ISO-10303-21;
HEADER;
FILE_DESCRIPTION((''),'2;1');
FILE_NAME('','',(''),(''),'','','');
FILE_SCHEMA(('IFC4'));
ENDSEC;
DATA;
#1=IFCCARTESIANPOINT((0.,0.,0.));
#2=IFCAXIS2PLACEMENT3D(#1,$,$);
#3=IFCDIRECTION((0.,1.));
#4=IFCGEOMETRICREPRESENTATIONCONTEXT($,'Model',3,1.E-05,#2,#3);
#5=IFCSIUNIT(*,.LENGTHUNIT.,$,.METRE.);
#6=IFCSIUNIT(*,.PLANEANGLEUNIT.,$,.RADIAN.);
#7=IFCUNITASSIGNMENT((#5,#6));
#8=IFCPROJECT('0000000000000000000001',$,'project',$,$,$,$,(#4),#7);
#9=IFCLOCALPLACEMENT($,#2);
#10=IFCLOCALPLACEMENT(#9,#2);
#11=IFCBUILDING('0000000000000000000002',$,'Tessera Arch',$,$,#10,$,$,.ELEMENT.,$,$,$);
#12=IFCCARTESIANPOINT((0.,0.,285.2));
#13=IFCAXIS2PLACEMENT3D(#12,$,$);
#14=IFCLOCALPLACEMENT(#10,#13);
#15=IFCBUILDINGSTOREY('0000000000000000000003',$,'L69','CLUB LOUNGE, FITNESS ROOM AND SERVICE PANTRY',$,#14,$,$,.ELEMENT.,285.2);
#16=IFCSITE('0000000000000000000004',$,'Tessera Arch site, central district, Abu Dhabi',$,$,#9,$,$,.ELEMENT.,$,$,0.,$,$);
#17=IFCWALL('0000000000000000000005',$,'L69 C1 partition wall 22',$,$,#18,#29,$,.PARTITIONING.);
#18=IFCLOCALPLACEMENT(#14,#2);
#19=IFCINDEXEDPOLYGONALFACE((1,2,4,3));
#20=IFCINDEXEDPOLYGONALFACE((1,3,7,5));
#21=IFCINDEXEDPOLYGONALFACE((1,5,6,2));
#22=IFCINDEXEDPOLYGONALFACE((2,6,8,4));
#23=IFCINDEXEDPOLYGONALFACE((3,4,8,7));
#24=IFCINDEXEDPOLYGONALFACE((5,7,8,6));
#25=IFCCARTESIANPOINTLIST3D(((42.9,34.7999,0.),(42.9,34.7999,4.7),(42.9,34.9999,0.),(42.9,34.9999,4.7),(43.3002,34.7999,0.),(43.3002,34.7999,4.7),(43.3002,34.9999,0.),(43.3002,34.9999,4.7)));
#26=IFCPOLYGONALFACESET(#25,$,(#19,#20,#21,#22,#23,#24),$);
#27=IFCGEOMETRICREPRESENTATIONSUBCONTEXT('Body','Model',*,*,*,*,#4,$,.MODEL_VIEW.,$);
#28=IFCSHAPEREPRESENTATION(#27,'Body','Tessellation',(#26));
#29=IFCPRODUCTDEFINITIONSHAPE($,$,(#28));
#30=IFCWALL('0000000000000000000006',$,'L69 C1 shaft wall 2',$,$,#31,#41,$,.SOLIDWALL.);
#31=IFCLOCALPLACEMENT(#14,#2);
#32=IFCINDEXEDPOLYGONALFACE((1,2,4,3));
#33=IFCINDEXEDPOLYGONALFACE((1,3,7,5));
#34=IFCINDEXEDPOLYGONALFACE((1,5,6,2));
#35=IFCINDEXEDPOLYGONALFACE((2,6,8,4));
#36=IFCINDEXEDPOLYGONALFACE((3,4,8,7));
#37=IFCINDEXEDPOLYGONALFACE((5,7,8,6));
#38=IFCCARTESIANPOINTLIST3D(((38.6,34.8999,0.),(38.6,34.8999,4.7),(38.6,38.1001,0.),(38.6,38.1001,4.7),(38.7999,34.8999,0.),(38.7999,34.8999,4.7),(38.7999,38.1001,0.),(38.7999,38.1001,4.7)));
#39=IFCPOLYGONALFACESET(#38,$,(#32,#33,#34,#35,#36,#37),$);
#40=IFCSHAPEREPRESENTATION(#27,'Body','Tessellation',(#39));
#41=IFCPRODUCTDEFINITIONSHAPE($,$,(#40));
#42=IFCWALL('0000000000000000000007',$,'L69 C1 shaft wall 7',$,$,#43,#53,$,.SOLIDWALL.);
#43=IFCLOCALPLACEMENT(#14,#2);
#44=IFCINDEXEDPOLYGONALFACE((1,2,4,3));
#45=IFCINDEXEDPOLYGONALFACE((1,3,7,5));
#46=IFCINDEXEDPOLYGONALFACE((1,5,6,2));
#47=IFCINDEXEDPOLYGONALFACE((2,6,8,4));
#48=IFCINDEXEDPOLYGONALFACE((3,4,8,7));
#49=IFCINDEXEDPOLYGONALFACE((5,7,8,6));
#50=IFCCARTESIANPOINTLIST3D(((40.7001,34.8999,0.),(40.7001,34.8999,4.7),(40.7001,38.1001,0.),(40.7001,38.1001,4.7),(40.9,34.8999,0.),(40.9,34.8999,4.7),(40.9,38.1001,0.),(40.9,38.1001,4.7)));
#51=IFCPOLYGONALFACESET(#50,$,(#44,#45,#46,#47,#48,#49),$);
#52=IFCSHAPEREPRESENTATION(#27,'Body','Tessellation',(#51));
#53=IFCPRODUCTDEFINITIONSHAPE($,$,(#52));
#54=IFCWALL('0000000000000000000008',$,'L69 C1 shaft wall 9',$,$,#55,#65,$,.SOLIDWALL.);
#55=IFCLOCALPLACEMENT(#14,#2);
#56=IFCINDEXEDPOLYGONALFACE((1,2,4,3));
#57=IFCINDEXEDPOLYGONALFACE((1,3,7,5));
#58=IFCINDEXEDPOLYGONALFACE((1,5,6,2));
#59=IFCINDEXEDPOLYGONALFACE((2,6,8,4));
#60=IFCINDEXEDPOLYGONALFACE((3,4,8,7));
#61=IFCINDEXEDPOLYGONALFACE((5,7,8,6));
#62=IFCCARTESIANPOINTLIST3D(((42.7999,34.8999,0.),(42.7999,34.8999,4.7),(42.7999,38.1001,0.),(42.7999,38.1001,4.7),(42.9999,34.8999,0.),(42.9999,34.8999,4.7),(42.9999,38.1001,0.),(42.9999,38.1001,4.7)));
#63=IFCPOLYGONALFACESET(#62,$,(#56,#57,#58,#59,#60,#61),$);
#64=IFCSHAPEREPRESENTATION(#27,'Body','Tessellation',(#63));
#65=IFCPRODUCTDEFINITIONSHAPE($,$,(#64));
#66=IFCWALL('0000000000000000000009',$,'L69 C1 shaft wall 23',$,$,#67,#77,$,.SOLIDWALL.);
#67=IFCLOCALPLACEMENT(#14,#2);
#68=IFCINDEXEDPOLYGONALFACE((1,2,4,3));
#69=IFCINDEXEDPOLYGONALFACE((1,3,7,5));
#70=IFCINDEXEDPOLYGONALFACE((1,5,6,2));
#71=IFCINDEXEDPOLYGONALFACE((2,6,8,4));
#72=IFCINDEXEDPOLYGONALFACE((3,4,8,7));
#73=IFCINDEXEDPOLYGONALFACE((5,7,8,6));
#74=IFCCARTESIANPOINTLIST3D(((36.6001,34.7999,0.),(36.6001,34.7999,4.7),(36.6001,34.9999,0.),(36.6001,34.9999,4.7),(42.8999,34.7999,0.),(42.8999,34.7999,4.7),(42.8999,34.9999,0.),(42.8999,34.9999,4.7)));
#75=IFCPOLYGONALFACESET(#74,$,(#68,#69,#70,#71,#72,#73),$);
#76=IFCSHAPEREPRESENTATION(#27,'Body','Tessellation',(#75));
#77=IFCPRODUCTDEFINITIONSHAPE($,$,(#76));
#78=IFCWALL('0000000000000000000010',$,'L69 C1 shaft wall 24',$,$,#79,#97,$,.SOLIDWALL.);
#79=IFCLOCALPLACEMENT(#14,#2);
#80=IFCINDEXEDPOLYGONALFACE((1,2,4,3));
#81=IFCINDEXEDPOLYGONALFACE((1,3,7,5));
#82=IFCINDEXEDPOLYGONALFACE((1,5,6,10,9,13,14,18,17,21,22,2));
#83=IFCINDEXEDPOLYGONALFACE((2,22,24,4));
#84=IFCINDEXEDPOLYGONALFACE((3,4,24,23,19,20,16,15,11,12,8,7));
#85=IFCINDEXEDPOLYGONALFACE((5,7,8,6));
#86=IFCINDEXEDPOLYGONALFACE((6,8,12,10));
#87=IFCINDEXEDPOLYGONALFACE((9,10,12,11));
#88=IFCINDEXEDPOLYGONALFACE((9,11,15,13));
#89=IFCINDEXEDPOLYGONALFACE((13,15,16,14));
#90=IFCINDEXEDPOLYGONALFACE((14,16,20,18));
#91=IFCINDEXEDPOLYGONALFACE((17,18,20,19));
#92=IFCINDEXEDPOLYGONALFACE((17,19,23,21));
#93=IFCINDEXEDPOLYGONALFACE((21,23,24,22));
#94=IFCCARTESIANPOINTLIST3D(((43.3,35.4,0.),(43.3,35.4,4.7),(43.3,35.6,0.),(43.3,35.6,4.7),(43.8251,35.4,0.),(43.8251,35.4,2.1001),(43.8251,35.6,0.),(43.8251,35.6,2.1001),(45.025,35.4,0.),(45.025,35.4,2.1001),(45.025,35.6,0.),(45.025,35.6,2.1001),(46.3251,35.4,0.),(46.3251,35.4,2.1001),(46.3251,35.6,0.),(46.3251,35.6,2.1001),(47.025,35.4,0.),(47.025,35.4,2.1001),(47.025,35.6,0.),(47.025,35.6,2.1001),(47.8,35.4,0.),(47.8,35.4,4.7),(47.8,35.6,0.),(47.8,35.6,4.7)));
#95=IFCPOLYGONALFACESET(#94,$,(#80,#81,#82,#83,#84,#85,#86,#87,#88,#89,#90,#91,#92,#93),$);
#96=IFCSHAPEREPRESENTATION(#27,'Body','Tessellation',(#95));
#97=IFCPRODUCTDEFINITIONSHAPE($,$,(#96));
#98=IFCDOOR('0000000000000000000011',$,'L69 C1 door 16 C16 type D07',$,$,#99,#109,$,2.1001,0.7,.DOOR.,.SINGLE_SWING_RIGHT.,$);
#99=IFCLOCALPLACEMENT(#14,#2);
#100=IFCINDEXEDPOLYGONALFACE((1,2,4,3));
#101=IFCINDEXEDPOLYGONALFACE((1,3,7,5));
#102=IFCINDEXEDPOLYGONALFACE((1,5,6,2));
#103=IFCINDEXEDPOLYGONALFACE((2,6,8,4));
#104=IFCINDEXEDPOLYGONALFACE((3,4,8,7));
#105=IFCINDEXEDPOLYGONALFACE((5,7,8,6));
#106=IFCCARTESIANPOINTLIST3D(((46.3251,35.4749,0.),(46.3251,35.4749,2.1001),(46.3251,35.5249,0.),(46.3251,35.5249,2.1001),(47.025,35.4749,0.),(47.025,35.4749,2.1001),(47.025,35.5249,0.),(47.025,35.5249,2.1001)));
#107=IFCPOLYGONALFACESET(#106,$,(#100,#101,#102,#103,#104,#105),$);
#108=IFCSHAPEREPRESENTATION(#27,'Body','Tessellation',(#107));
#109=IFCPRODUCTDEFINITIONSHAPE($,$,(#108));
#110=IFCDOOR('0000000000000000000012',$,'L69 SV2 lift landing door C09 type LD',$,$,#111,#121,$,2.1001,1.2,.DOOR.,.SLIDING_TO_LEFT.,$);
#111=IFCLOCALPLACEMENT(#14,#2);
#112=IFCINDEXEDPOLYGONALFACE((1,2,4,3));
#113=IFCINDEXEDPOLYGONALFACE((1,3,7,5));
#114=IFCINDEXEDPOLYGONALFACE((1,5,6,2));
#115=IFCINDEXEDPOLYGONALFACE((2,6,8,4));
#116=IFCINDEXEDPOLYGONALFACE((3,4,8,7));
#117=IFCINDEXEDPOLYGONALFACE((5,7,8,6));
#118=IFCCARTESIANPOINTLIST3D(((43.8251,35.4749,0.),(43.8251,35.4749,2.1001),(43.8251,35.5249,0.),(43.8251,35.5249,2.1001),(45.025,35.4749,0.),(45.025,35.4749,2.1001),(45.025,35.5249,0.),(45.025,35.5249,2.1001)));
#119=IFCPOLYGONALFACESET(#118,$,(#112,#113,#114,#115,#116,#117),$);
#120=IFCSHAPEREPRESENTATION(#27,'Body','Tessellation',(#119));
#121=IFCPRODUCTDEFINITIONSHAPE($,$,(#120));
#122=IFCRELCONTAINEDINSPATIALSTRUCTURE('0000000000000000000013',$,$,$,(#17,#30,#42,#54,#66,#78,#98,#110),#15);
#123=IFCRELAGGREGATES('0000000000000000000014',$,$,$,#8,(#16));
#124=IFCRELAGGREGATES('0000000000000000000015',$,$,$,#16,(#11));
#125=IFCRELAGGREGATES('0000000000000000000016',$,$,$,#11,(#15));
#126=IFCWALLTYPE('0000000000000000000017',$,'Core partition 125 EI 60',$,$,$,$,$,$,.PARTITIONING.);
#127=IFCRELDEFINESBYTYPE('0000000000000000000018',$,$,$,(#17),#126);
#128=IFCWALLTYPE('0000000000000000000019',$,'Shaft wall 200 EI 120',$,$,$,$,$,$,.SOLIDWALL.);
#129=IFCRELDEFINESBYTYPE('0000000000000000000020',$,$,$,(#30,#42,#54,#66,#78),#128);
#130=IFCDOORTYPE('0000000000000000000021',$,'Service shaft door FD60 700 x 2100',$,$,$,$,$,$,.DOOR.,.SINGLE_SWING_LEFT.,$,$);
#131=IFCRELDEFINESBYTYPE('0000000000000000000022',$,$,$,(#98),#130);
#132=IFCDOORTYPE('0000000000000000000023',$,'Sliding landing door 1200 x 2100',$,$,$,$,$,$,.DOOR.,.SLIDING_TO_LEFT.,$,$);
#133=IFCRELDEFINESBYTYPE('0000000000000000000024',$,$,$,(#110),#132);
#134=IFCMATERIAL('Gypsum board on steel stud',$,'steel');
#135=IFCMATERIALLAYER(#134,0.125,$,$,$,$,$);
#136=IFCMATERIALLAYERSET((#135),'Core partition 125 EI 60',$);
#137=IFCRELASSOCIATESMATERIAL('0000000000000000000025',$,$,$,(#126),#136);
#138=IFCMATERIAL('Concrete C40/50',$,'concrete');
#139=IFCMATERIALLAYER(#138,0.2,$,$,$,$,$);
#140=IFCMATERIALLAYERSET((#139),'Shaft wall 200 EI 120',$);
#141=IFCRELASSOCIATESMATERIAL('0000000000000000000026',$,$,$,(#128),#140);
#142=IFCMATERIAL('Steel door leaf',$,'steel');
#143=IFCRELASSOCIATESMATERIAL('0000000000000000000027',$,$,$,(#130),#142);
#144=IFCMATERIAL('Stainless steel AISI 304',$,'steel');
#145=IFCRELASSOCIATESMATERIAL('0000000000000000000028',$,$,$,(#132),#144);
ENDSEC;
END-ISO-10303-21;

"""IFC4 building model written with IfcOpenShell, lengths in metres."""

from ifc_helpers import new_model, si_unit, direction, frame, frame_2d, origin, place, context, subcontext, project, spatial, rectangle, extrude, material, layer, layer_set, type_object, element, fill, save


model = new_model("IFC4")

# Units and contexts
model_context = context("Model", 3, precision=1e-05, world=origin(), true_north=direction((0.0, 1.0)))
body_context = subcontext(model_context, "Body", "Model", "MODEL_VIEW")
ifc_project = project(units=[si_unit("LENGTHUNIT", "METRE"), si_unit("PLANEANGLEUNIT", "RADIAN")], contexts=[model_context])

# Site, building, storey
site_placement = place(None, origin())
site = spatial("IfcSite", under=ifc_project, at=site_placement, Name="Tessera Arch site, central district, Abu Dhabi", CompositionType="ELEMENT", RefElevation=0.0)
building_placement = place(site_placement, origin())
building = spatial("IfcBuilding", under=site, at=building_placement, Name="Tessera Arch", CompositionType="ELEMENT")
storey_placement = place(building_placement, frame((0.0, 0.0, 285.2)))
storey = spatial("IfcBuildingStorey", under=building, at=storey_placement, Name="L69", Description="CLUB LOUNGE, FITNESS ROOM AND SERVICE PANTRY", CompositionType="ELEMENT", Elevation=285.2)

# Walls
ifc_material_1 = material(Name="Gypsum board on steel stud", Category="steel")
ifc_layer_1 = layer(ifc_material_1, 0.125)
ifc_layer_set_1 = layer_set([ifc_layer_1], Name="Core partition 125 EI 60")
wall_type_1 = type_object("IfcWallType", Name="Core partition 125 EI 60", PredefinedType="PARTITIONING", material=ifc_layer_set_1)
wall_1_placement = place(storey_placement, frame((42.8999, 34.8999, 0.0), z_axis=(0.0, 0.0, 1.0), x_axis=(1.0, 0.0, 0.0)))
element("IfcWall", 1, at=wall_1_placement, inside=storey, type_object=wall_type_1, Name="L69 C1 partition wall 22", PredefinedType="PARTITIONING", context=body_context, shape_type="SweptSolid", body=[
    extrude(rectangle(XDim=0.4001, YDim=0.2, at=frame_2d((0.2002, 0.0))), origin(), (0.0, 0.0, 1.0), 4.7),
])
ifc_material_2 = material(Name="Concrete C40/50", Category="concrete")
ifc_layer_2 = layer(ifc_material_2, 0.2)
ifc_layer_set_2 = layer_set([ifc_layer_2], Name="Shaft wall 200 EI 120")
wall_type_2 = type_object("IfcWallType", Name="Shaft wall 200 EI 120", PredefinedType="SOLIDWALL", material=ifc_layer_set_2)
for number, where, z_axis, x_axis, name in (
    (2, (38.7, 34.8999, 0.0), (0.0, 0.0, 1.0), (0.0, 1.0, 0.0), "L69 C1 shaft wall 2"),
    (3, (40.8, 34.8999, 0.0), (0.0, 0.0, 1.0), (0.0, 1.0, 0.0), "L69 C1 shaft wall 7"),
    (4, (42.8999, 34.8999, 0.0), (0.0, 0.0, 1.0), (0.0, 1.0, 0.0), "L69 C1 shaft wall 9"),
):
    element("IfcWall", number, at=place(storey_placement, frame(where, z_axis=z_axis, x_axis=x_axis)), inside=storey, type_object=wall_type_2, Name=name, PredefinedType="SOLIDWALL", context=body_context, shape_type="SweptSolid", body=[
        extrude(rectangle(XDim=3.2002, YDim=0.2, at=frame_2d((1.6001, 0.0))), origin(), (0.0, 0.0, 1.0), 4.7),
    ])
wall_2_placement = place(storey_placement, frame((36.6001, 34.8999, 0.0), z_axis=(0.0, 0.0, 1.0), x_axis=(1.0, 0.0, 0.0)))
element("IfcWall", 5, at=wall_2_placement, inside=storey, type_object=wall_type_2, Name="L69 C1 shaft wall 23", PredefinedType="SOLIDWALL", context=body_context, shape_type="SweptSolid", body=[
    extrude(rectangle(XDim=6.2998, YDim=0.2, at=frame_2d((3.1499, 0.0))), origin(), (0.0, 0.0, 1.0), 4.7),
])

# Wall, openings, doors
wall_3_placement = place(storey_placement, frame((43.3, 35.5, 0.0), z_axis=(0.0, 0.0, 1.0), x_axis=(1.0, 0.0, 0.0)))
wall_3 = element("IfcWall", 6, at=wall_3_placement, inside=storey, type_object=wall_type_2, Name="L69 C1 shaft wall 24", PredefinedType="SOLIDWALL", context=body_context, shape_type="SweptSolid", body=[
    extrude(rectangle(XDim=4.5, YDim=0.2, at=frame_2d((2.25, 0.0))), origin(), (0.0, 0.0, 1.0), 4.7),
])
opening_1_placement = place(wall_3_placement, frame((0.5249, 0.0, 0.0)))
opening_1 = element("IfcOpeningElement", 7, at=opening_1_placement, cuts=wall_3, PredefinedType="OPENING", context=body_context, shape_type="SweptSolid", body=[
    extrude(rectangle(XDim=1.2, YDim=2.1001, at=frame_2d((0.6001, 1.05))), frame((0.0, 0.1099, 0.0), z_axis=(0.0, -1.0, 0.0), x_axis=(1.0, 0.0, 0.0)), (0.0, 0.0, 1.0), 0.22),
])
opening_2_placement = place(wall_3_placement, frame((3.0249, 0.0, 0.0)))
opening_2 = element("IfcOpeningElement", 8, at=opening_2_placement, cuts=wall_3, PredefinedType="OPENING", context=body_context, shape_type="SweptSolid", body=[
    extrude(rectangle(XDim=0.7, YDim=2.1001, at=frame_2d((0.3501, 1.05))), frame((0.0, 0.1099, 0.0), z_axis=(0.0, -1.0, 0.0), x_axis=(1.0, 0.0, 0.0)), (0.0, 0.0, 1.0), 0.22),
])
ifc_material_3 = material(Name="Steel door leaf", Category="steel")
door_type_1 = type_object("IfcDoorType", Name="Service shaft door FD60 700 x 2100", OperationType="SINGLE_SWING_LEFT", PredefinedType="DOOR", material=ifc_material_3)
door_1_placement = place(opening_2_placement, origin())
door_1 = element("IfcDoor", 9, at=door_1_placement, inside=storey, type_object=door_type_1, Name="L69 C1 door 16 C16 type D07", OperationType="SINGLE_SWING_RIGHT", OverallHeight=2.1001, OverallWidth=0.7, PredefinedType="DOOR", context=body_context, shape_type="SweptSolid", body=[
    extrude(rectangle(XDim=0.7, YDim=2.1001, at=frame_2d((0.3501, 1.05))), frame((0.0, 0.0249, 0.0), z_axis=(0.0, -1.0, 0.0), x_axis=(1.0, 0.0, 0.0)), (0.0, 0.0, 1.0), 0.05),
])
fill(opening_2, door_1)
ifc_material_4 = material(Name="Stainless steel AISI 304", Category="steel")
door_type_2 = type_object("IfcDoorType", Name="Sliding landing door 1200 x 2100", OperationType="SLIDING_TO_LEFT", PredefinedType="DOOR", material=ifc_material_4)
door_2_placement = place(opening_1_placement, origin())
door_2 = element("IfcDoor", 10, at=door_2_placement, inside=storey, type_object=door_type_2, Name="L69 SV2 lift landing door C09 type LD", OperationType="SLIDING_TO_LEFT", OverallHeight=2.1001, OverallWidth=1.2, PredefinedType="DOOR", context=body_context, shape_type="SweptSolid", body=[
    extrude(rectangle(XDim=1.2, YDim=2.1001, at=frame_2d((0.6001, 1.05))), frame((0.0, 0.0249, 0.0), z_axis=(0.0, -1.0, 0.0), x_axis=(1.0, 0.0, 0.0)), (0.0, 0.0, 1.0), 0.05),
])
fill(opening_1, door_2)

save(model, "model.ifc")
